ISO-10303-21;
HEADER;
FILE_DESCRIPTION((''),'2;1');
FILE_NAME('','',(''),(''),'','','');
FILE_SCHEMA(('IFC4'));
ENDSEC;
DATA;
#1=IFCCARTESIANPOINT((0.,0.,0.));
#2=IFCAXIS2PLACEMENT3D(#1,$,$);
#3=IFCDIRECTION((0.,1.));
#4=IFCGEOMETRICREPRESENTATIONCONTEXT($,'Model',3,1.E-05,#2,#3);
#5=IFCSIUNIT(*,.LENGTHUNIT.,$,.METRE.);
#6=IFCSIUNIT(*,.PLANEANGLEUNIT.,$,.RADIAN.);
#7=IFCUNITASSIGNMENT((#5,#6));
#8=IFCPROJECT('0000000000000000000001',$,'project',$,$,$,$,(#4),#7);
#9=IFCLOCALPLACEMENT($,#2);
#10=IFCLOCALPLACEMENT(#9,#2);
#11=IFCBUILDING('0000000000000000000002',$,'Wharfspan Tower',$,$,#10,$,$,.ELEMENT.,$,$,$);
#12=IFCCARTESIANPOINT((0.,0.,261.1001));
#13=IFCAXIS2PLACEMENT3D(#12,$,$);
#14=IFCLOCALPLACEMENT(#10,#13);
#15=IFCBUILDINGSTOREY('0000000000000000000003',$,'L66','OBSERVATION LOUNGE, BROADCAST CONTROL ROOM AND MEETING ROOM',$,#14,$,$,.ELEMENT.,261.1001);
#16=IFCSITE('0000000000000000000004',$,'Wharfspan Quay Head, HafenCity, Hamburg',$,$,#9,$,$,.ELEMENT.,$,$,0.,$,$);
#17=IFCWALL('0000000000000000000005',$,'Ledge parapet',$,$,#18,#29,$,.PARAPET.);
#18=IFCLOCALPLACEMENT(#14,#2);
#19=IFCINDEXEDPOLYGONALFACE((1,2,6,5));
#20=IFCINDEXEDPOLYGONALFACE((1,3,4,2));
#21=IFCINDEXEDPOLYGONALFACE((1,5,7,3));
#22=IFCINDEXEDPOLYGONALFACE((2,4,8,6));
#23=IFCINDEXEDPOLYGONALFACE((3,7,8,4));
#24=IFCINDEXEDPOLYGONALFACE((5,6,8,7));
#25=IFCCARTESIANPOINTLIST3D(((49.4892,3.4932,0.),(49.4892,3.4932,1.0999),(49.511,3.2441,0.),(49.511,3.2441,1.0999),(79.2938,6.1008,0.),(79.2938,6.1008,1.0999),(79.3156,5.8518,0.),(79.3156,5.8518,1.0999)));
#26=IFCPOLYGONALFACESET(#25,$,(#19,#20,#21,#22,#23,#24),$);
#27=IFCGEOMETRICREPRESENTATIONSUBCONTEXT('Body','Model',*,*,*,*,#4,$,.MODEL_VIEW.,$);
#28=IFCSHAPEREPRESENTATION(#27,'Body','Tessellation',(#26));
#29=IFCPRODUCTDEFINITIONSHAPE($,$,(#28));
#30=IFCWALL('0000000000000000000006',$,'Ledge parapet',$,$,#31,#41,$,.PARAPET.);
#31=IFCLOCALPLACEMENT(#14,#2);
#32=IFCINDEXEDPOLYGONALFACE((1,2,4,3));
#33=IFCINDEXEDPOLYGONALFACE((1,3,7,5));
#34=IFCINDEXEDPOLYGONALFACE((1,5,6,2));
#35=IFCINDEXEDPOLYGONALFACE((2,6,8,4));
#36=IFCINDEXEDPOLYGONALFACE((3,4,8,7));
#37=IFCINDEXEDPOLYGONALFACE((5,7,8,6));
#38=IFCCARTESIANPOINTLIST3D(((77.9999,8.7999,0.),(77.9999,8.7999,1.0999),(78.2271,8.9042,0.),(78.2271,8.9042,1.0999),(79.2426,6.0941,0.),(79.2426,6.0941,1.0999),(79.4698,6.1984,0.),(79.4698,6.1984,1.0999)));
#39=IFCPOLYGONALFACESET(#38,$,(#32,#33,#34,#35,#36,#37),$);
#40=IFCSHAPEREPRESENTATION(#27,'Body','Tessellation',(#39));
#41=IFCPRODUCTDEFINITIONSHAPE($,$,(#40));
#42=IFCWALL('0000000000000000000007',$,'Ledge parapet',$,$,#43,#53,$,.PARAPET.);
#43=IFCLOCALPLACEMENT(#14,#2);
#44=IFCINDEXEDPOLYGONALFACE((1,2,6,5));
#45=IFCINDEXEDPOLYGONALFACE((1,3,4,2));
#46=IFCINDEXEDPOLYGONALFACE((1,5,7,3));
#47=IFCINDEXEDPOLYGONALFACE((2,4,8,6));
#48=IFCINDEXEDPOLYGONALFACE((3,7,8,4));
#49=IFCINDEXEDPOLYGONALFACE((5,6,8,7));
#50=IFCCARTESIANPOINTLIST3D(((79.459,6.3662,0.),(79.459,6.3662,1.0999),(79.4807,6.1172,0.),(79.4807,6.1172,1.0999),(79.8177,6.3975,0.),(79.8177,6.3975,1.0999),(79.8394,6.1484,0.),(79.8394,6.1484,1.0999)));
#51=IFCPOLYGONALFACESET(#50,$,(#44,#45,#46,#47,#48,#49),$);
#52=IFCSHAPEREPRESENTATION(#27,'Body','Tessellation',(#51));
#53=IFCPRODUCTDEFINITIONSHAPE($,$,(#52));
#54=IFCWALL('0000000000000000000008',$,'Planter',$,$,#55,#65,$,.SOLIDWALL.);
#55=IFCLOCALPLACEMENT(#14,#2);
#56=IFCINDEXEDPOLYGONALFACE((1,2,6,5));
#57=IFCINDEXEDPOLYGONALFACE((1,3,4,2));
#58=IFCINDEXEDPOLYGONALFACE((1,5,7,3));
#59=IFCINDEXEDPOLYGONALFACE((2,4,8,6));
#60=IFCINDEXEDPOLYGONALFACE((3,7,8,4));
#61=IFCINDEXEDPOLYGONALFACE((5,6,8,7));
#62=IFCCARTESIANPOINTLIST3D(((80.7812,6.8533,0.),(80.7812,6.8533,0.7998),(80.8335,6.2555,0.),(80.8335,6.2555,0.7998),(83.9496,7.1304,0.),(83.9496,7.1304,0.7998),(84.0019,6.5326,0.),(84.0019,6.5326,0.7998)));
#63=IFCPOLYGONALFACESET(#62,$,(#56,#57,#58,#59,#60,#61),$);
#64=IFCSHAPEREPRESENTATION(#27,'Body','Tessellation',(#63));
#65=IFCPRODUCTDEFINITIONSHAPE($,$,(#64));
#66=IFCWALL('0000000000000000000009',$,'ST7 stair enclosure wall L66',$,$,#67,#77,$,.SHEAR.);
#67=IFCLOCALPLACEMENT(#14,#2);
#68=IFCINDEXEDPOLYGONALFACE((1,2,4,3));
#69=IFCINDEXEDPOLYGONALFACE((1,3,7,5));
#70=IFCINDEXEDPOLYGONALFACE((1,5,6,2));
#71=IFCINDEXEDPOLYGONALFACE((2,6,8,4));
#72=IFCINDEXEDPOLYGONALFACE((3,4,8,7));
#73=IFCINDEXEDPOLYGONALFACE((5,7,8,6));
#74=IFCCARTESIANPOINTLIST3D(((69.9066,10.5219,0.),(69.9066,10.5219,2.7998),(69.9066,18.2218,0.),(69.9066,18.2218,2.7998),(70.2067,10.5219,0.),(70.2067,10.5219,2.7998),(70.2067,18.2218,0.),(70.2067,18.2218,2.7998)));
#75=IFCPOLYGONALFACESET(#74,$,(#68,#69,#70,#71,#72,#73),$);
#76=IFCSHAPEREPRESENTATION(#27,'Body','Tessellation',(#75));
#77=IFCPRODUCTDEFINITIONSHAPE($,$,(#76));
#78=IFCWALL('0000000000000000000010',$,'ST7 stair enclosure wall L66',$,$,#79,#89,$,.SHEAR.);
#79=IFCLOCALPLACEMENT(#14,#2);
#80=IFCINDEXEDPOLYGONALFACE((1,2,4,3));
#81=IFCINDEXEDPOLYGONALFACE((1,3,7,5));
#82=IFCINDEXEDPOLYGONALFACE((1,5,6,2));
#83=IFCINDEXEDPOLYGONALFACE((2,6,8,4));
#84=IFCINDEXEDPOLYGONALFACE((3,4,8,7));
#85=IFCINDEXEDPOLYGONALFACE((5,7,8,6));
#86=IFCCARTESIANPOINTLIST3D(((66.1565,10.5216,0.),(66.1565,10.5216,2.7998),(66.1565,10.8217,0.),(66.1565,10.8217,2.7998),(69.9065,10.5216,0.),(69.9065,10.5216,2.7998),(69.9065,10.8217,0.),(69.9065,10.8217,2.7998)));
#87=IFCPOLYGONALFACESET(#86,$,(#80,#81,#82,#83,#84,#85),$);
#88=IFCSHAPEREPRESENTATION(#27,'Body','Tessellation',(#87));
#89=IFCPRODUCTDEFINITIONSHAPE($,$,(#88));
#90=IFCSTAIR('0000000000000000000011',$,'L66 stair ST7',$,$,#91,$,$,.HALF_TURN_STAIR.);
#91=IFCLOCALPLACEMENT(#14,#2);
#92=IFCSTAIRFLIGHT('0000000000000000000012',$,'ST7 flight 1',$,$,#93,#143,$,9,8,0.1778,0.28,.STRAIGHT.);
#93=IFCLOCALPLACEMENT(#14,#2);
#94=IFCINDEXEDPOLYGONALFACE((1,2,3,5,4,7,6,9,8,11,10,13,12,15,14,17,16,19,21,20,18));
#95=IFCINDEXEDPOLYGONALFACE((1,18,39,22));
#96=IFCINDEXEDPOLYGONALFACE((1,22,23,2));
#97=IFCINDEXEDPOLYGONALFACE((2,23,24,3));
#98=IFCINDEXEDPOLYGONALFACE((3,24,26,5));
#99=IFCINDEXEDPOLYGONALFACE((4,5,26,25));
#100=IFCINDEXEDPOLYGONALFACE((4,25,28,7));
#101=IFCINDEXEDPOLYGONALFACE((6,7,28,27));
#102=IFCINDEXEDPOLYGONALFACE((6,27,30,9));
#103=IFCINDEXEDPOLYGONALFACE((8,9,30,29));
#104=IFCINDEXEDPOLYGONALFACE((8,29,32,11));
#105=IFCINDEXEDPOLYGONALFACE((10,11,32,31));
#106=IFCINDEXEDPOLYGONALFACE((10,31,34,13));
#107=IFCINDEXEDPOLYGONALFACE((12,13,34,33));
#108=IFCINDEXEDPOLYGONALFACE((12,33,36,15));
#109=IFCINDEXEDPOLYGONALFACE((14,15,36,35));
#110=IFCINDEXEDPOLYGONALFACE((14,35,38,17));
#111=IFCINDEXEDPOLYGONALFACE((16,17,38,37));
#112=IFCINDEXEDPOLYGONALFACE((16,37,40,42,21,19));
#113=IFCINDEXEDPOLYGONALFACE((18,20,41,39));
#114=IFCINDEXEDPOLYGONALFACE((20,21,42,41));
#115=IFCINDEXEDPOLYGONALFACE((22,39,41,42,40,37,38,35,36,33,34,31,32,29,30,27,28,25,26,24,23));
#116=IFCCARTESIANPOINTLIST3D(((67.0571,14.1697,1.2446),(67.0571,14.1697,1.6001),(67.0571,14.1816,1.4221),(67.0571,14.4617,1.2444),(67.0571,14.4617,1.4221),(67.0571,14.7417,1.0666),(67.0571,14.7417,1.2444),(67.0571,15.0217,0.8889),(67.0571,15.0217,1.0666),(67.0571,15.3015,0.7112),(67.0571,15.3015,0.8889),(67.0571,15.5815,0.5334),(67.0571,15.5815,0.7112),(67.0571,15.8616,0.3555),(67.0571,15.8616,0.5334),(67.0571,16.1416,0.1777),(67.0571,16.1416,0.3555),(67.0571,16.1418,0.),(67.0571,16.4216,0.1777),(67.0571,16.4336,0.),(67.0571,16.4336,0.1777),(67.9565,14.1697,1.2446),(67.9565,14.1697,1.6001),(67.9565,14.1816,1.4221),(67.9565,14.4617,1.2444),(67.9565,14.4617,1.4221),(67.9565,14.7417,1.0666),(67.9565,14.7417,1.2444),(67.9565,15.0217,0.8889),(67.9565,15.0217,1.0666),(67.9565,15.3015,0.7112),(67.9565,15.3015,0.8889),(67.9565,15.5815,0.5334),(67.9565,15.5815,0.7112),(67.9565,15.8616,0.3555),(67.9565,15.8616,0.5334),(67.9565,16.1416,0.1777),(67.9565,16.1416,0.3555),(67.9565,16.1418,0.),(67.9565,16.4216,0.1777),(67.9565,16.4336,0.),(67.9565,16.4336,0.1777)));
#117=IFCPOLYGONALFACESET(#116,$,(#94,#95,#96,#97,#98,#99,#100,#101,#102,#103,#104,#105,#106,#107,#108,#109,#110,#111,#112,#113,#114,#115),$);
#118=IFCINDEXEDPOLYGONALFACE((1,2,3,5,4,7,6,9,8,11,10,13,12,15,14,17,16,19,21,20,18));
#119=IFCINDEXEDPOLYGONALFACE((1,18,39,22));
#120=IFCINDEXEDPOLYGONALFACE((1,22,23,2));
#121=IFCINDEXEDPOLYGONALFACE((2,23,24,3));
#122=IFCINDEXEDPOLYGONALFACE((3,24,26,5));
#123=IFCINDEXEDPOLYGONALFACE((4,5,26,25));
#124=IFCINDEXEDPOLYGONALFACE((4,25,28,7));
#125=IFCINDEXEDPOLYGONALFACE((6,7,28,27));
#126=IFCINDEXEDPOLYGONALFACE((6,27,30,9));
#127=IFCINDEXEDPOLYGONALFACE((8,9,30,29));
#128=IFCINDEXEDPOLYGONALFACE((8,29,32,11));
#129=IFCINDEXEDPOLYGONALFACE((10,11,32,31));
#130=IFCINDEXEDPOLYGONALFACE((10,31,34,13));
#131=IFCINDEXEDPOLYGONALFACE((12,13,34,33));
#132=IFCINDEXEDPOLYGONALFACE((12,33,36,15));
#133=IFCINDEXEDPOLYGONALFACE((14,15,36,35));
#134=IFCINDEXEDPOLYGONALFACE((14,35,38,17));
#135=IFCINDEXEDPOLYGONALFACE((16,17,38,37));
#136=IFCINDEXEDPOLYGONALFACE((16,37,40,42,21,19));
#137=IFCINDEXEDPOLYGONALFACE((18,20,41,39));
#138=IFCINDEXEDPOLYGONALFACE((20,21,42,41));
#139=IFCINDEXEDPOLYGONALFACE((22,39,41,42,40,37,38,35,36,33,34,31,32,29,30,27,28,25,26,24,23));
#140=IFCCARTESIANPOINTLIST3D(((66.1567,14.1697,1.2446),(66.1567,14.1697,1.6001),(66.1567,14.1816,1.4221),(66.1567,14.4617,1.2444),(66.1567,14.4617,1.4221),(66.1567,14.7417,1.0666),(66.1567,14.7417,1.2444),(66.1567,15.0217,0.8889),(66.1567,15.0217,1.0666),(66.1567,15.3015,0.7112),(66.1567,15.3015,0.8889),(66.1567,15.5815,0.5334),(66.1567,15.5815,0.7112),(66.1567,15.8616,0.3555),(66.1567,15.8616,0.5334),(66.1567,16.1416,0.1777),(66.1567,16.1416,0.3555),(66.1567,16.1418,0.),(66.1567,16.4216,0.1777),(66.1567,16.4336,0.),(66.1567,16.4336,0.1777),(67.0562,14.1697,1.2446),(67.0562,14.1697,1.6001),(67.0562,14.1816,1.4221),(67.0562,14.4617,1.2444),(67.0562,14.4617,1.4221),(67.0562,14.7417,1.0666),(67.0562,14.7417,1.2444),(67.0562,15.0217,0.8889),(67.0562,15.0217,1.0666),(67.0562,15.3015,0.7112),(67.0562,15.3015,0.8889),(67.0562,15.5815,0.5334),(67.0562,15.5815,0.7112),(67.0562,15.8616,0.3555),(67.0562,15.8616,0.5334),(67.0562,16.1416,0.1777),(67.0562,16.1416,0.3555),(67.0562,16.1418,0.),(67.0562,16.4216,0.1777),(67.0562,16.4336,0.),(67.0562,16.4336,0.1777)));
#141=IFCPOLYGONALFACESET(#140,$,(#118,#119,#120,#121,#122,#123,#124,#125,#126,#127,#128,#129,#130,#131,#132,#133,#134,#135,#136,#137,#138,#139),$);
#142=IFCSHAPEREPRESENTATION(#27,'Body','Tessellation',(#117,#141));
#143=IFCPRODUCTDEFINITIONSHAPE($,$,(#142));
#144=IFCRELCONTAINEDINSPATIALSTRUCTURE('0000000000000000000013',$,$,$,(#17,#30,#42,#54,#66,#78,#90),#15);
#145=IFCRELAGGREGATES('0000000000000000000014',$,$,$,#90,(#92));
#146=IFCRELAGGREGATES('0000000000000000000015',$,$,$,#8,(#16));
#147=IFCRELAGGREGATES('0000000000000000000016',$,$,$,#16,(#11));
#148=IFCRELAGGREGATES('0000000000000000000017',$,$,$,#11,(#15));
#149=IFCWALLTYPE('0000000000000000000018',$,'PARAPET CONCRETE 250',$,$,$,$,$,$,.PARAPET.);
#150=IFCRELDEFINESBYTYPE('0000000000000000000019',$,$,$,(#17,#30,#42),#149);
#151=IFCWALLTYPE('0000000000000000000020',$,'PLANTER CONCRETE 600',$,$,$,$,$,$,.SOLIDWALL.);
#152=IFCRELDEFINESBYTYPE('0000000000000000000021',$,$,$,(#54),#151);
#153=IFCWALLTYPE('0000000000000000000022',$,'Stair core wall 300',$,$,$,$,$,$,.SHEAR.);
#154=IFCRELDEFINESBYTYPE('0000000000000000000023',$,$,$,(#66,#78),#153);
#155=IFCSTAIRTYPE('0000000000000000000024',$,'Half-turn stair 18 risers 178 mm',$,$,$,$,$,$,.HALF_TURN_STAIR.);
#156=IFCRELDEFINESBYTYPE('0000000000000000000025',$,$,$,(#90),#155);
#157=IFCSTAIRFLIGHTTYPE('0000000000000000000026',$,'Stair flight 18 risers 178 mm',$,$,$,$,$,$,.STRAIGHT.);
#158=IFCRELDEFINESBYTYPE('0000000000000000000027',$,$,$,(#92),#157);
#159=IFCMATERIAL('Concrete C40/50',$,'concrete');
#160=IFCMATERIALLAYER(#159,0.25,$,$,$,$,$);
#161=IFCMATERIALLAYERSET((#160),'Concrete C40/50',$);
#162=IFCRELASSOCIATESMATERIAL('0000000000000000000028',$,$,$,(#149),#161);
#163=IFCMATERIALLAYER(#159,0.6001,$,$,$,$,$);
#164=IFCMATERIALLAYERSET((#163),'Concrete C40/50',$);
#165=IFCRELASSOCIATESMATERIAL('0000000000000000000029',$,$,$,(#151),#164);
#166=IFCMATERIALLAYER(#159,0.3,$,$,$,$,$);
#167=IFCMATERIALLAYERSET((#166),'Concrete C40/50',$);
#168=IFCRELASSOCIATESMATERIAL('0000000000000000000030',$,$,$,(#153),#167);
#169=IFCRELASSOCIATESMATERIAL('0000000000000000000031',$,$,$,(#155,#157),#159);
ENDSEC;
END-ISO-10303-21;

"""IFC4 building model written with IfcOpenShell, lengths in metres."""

from ifc_helpers import new_model, si_unit, direction, frame, frame_2d, origin, place, context, subcontext, project, spatial, polyline, rectangle, outline, extrude, material, layer, layer_set, type_object, element, aggregate, save


model = new_model("IFC4")

# Units and contexts
model_context = context("Model", 3, precision=1e-05, world=origin(), true_north=direction((0.0, 1.0)))
body_context = subcontext(model_context, "Body", "Model", "MODEL_VIEW")
ifc_project = project(units=[si_unit("LENGTHUNIT", "METRE"), si_unit("PLANEANGLEUNIT", "RADIAN")], contexts=[model_context])

# Site, building, storey
site_placement = place(None, origin())
site = spatial("IfcSite", under=ifc_project, at=site_placement, Name="Wharfspan Quay Head, HafenCity, Hamburg", CompositionType="ELEMENT", RefElevation=0.0)
building_placement = place(site_placement, origin())
building = spatial("IfcBuilding", under=site, at=building_placement, Name="Wharfspan Tower", CompositionType="ELEMENT")
storey_placement = place(building_placement, frame((0.0, 0.0, 261.1001)))
storey = spatial("IfcBuildingStorey", under=building, at=storey_placement, Name="L66", Description="OBSERVATION LOUNGE, BROADCAST CONTROL ROOM AND MEETING ROOM", CompositionType="ELEMENT", Elevation=261.1001)

# Walls
ifc_material_1 = material(Name="Concrete C40/50", Category="concrete")
ifc_layer_1 = layer(ifc_material_1, 0.25)
ifc_layer_set_1 = layer_set([ifc_layer_1], Name="Concrete C40/50")
wall_type_1 = type_object("IfcWallType", Name="PARAPET CONCRETE 250", PredefinedType="PARAPET", material=ifc_layer_set_1)
wall_1_placement = place(storey_placement, frame((79.3047, 5.9763, 0.0), z_axis=(0.0, 0.0, 1.0), x_axis=(-0.996196, -0.087159, 0.0)))
element("IfcWall", 1, at=wall_1_placement, inside=storey, type_object=wall_type_1, Name="Ledge parapet", PredefinedType="PARAPET", context=body_context, shape_type="SweptSolid", body=[
    extrude(rectangle(XDim=29.9185, YDim=0.25, at=frame_2d((14.9592, 0.0))), origin(), (0.0, 0.0, 1.0), 1.0999),
])
wall_2_placement = place(storey_placement, frame((78.1135, 8.8521, 0.0), z_axis=(0.0, 0.0, 1.0), x_axis=(0.417352, -0.908745, 0.0)))
element("IfcWall", 2, at=wall_2_placement, inside=storey, type_object=wall_type_1, Name="Ledge parapet", PredefinedType="PARAPET", context=body_context, shape_type="SweptSolid", body=[
    extrude(rectangle(XDim=2.9775, YDim=0.25, at=frame_2d((1.4888, 0.0))), origin(), (0.0, 0.0, 1.0), 1.0999),
])
wall_3_placement = place(storey_placement, frame((79.4697, 6.2417, 0.0), z_axis=(0.0, 0.0, 1.0), x_axis=(0.996223, 0.086805, 0.0)))
element("IfcWall", 3, at=wall_3_placement, inside=storey, type_object=wall_type_1, Name="Ledge parapet", PredefinedType="PARAPET", context=body_context, shape_type="SweptSolid", body=[
    extrude(rectangle(XDim=0.3601, YDim=0.25, at=frame_2d((0.1802, 0.0))), origin(), (0.0, 0.0, 1.0), 1.0999),
])
ifc_layer_2 = layer(ifc_material_1, 0.6001)
ifc_layer_set_2 = layer_set([ifc_layer_2], Name="Concrete C40/50")
wall_type_2 = type_object("IfcWallType", Name="PLANTER CONCRETE 600", PredefinedType="SOLIDWALL", material=ifc_layer_set_2)
wall_4_placement = place(storey_placement, frame((83.9758, 6.8315, 0.0), z_axis=(0.0, 0.0, 1.0), x_axis=(-0.996199, -0.08713, 0.0)))
element("IfcWall", 4, at=wall_4_placement, inside=storey, type_object=wall_type_2, Name="Planter", PredefinedType="SOLIDWALL", context=body_context, shape_type="SweptSolid", body=[
    extrude(rectangle(XDim=3.1804, YDim=0.6001, at=frame_2d((1.5903, 0.0))), origin(), (0.0, 0.0, 1.0), 0.7998),
])
ifc_layer_3 = layer(ifc_material_1, 0.3)
ifc_layer_set_3 = layer_set([ifc_layer_3], Name="Concrete C40/50")
wall_type_3 = type_object("IfcWallType", Name="Stair core wall 300", PredefinedType="SHEAR", material=ifc_layer_set_3)
wall_5_placement = place(storey_placement, frame((70.0566, 10.5217, 0.0), z_axis=(0.0, 0.0, 1.0), x_axis=(0.0, 1.0, 0.0)))
element("IfcWall", 5, at=wall_5_placement, inside=storey, type_object=wall_type_3, Name="ST7 stair enclosure wall L66", PredefinedType="SHEAR", context=body_context, shape_type="SweptSolid", body=[
    extrude(rectangle(XDim=7.7, YDim=0.3, at=frame_2d((3.8501, 0.0))), origin(), (0.0, 0.0, 1.0), 2.7998),
])
wall_6_placement = place(storey_placement, frame((66.1565, 10.6716, 0.0), z_axis=(0.0, 0.0, 1.0), x_axis=(1.0, 0.0, 0.0)))
element("IfcWall", 6, at=wall_6_placement, inside=storey, type_object=wall_type_3, Name="ST7 stair enclosure wall L66", PredefinedType="SHEAR", context=body_context, shape_type="SweptSolid", body=[
    extrude(rectangle(XDim=3.75, YDim=0.3, at=frame_2d((1.875, 0.0))), origin(), (0.0, 0.0, 1.0), 2.7998),
])

# Stair, stair flight
stair_type = type_object("IfcStairType", Name="Half-turn stair 18 risers 178 mm", PredefinedType="HALF_TURN_STAIR", material=ifc_material_1)
stair_placement = place(storey_placement, origin())
stair = element("IfcStair", 7, at=stair_placement, inside=storey, type_object=stair_type, Name="L66 stair ST7", PredefinedType="HALF_TURN_STAIR")
stair_flight_type = type_object("IfcStairFlightType", Name="Stair flight 18 risers 178 mm", PredefinedType="STRAIGHT", material=ifc_material_1)
stair_flight_1_placement = place(storey_placement, frame((67.0566, 16.4216, 0.0), z_axis=(0.0, 0.0, 1.0), x_axis=(0.0, -1.0, 0.0)))
stair_flight_1 = element("IfcStairFlight", 8, at=stair_flight_1_placement, type_object=stair_flight_type, Name="ST7 flight 1", NumberOfRisers=9, NumberOfTreads=8, PredefinedType="STRAIGHT", RiserHeight=0.1778, TreadLength=0.28, context=body_context, shape_type="SweptSolid", body=[
    extrude(outline(polyline([(-0.012, 0.0), (-0.012, 0.1777), (0.0, 0.1777), (0.28, 0.1777), (0.28, 0.3555), (0.5601, 0.3555), (0.5601, 0.5334), (0.8401, 0.5334), (0.8401, 0.7112), (1.1201, 0.7112), (1.1201, 0.8889), (1.3999, 0.8889), (1.3999, 1.0667), (1.6799, 1.0667), (1.6799, 1.2444), (1.96, 1.2444), (1.96, 1.4221), (2.24, 1.4221), (2.252, 1.6001), (2.252, 1.2446), (0.2798, 0.0), (-0.012, 0.0)])), frame((0.0, 0.8999, 0.0), z_axis=(0.0, -1.0, 0.0), x_axis=(1.0, 0.0, 0.0)), (0.0, 0.0, 1.0), 0.8994),
    extrude(outline(polyline([(-0.012, 0.0), (-0.012, 0.1777), (0.0, 0.1777), (0.28, 0.1777), (0.28, 0.3555), (0.5601, 0.3555), (0.5601, 0.5334), (0.8401, 0.5334), (0.8401, 0.7112), (1.1201, 0.7112), (1.1201, 0.8889), (1.3999, 0.8889), (1.3999, 1.0667), (1.6799, 1.0667), (1.6799, 1.2444), (1.96, 1.2444), (1.96, 1.4221), (2.24, 1.4221), (2.252, 1.6001), (2.252, 1.2446), (0.2798, 0.0), (-0.012, 0.0)])), frame((0.0, -0.0005, 0.0), z_axis=(0.0, -1.0, 0.0), x_axis=(1.0, 0.0, 0.0)), (0.0, 0.0, 1.0), 0.8994),
])
aggregate(stair, [stair_flight_1])

save(model, "model.ifc")
